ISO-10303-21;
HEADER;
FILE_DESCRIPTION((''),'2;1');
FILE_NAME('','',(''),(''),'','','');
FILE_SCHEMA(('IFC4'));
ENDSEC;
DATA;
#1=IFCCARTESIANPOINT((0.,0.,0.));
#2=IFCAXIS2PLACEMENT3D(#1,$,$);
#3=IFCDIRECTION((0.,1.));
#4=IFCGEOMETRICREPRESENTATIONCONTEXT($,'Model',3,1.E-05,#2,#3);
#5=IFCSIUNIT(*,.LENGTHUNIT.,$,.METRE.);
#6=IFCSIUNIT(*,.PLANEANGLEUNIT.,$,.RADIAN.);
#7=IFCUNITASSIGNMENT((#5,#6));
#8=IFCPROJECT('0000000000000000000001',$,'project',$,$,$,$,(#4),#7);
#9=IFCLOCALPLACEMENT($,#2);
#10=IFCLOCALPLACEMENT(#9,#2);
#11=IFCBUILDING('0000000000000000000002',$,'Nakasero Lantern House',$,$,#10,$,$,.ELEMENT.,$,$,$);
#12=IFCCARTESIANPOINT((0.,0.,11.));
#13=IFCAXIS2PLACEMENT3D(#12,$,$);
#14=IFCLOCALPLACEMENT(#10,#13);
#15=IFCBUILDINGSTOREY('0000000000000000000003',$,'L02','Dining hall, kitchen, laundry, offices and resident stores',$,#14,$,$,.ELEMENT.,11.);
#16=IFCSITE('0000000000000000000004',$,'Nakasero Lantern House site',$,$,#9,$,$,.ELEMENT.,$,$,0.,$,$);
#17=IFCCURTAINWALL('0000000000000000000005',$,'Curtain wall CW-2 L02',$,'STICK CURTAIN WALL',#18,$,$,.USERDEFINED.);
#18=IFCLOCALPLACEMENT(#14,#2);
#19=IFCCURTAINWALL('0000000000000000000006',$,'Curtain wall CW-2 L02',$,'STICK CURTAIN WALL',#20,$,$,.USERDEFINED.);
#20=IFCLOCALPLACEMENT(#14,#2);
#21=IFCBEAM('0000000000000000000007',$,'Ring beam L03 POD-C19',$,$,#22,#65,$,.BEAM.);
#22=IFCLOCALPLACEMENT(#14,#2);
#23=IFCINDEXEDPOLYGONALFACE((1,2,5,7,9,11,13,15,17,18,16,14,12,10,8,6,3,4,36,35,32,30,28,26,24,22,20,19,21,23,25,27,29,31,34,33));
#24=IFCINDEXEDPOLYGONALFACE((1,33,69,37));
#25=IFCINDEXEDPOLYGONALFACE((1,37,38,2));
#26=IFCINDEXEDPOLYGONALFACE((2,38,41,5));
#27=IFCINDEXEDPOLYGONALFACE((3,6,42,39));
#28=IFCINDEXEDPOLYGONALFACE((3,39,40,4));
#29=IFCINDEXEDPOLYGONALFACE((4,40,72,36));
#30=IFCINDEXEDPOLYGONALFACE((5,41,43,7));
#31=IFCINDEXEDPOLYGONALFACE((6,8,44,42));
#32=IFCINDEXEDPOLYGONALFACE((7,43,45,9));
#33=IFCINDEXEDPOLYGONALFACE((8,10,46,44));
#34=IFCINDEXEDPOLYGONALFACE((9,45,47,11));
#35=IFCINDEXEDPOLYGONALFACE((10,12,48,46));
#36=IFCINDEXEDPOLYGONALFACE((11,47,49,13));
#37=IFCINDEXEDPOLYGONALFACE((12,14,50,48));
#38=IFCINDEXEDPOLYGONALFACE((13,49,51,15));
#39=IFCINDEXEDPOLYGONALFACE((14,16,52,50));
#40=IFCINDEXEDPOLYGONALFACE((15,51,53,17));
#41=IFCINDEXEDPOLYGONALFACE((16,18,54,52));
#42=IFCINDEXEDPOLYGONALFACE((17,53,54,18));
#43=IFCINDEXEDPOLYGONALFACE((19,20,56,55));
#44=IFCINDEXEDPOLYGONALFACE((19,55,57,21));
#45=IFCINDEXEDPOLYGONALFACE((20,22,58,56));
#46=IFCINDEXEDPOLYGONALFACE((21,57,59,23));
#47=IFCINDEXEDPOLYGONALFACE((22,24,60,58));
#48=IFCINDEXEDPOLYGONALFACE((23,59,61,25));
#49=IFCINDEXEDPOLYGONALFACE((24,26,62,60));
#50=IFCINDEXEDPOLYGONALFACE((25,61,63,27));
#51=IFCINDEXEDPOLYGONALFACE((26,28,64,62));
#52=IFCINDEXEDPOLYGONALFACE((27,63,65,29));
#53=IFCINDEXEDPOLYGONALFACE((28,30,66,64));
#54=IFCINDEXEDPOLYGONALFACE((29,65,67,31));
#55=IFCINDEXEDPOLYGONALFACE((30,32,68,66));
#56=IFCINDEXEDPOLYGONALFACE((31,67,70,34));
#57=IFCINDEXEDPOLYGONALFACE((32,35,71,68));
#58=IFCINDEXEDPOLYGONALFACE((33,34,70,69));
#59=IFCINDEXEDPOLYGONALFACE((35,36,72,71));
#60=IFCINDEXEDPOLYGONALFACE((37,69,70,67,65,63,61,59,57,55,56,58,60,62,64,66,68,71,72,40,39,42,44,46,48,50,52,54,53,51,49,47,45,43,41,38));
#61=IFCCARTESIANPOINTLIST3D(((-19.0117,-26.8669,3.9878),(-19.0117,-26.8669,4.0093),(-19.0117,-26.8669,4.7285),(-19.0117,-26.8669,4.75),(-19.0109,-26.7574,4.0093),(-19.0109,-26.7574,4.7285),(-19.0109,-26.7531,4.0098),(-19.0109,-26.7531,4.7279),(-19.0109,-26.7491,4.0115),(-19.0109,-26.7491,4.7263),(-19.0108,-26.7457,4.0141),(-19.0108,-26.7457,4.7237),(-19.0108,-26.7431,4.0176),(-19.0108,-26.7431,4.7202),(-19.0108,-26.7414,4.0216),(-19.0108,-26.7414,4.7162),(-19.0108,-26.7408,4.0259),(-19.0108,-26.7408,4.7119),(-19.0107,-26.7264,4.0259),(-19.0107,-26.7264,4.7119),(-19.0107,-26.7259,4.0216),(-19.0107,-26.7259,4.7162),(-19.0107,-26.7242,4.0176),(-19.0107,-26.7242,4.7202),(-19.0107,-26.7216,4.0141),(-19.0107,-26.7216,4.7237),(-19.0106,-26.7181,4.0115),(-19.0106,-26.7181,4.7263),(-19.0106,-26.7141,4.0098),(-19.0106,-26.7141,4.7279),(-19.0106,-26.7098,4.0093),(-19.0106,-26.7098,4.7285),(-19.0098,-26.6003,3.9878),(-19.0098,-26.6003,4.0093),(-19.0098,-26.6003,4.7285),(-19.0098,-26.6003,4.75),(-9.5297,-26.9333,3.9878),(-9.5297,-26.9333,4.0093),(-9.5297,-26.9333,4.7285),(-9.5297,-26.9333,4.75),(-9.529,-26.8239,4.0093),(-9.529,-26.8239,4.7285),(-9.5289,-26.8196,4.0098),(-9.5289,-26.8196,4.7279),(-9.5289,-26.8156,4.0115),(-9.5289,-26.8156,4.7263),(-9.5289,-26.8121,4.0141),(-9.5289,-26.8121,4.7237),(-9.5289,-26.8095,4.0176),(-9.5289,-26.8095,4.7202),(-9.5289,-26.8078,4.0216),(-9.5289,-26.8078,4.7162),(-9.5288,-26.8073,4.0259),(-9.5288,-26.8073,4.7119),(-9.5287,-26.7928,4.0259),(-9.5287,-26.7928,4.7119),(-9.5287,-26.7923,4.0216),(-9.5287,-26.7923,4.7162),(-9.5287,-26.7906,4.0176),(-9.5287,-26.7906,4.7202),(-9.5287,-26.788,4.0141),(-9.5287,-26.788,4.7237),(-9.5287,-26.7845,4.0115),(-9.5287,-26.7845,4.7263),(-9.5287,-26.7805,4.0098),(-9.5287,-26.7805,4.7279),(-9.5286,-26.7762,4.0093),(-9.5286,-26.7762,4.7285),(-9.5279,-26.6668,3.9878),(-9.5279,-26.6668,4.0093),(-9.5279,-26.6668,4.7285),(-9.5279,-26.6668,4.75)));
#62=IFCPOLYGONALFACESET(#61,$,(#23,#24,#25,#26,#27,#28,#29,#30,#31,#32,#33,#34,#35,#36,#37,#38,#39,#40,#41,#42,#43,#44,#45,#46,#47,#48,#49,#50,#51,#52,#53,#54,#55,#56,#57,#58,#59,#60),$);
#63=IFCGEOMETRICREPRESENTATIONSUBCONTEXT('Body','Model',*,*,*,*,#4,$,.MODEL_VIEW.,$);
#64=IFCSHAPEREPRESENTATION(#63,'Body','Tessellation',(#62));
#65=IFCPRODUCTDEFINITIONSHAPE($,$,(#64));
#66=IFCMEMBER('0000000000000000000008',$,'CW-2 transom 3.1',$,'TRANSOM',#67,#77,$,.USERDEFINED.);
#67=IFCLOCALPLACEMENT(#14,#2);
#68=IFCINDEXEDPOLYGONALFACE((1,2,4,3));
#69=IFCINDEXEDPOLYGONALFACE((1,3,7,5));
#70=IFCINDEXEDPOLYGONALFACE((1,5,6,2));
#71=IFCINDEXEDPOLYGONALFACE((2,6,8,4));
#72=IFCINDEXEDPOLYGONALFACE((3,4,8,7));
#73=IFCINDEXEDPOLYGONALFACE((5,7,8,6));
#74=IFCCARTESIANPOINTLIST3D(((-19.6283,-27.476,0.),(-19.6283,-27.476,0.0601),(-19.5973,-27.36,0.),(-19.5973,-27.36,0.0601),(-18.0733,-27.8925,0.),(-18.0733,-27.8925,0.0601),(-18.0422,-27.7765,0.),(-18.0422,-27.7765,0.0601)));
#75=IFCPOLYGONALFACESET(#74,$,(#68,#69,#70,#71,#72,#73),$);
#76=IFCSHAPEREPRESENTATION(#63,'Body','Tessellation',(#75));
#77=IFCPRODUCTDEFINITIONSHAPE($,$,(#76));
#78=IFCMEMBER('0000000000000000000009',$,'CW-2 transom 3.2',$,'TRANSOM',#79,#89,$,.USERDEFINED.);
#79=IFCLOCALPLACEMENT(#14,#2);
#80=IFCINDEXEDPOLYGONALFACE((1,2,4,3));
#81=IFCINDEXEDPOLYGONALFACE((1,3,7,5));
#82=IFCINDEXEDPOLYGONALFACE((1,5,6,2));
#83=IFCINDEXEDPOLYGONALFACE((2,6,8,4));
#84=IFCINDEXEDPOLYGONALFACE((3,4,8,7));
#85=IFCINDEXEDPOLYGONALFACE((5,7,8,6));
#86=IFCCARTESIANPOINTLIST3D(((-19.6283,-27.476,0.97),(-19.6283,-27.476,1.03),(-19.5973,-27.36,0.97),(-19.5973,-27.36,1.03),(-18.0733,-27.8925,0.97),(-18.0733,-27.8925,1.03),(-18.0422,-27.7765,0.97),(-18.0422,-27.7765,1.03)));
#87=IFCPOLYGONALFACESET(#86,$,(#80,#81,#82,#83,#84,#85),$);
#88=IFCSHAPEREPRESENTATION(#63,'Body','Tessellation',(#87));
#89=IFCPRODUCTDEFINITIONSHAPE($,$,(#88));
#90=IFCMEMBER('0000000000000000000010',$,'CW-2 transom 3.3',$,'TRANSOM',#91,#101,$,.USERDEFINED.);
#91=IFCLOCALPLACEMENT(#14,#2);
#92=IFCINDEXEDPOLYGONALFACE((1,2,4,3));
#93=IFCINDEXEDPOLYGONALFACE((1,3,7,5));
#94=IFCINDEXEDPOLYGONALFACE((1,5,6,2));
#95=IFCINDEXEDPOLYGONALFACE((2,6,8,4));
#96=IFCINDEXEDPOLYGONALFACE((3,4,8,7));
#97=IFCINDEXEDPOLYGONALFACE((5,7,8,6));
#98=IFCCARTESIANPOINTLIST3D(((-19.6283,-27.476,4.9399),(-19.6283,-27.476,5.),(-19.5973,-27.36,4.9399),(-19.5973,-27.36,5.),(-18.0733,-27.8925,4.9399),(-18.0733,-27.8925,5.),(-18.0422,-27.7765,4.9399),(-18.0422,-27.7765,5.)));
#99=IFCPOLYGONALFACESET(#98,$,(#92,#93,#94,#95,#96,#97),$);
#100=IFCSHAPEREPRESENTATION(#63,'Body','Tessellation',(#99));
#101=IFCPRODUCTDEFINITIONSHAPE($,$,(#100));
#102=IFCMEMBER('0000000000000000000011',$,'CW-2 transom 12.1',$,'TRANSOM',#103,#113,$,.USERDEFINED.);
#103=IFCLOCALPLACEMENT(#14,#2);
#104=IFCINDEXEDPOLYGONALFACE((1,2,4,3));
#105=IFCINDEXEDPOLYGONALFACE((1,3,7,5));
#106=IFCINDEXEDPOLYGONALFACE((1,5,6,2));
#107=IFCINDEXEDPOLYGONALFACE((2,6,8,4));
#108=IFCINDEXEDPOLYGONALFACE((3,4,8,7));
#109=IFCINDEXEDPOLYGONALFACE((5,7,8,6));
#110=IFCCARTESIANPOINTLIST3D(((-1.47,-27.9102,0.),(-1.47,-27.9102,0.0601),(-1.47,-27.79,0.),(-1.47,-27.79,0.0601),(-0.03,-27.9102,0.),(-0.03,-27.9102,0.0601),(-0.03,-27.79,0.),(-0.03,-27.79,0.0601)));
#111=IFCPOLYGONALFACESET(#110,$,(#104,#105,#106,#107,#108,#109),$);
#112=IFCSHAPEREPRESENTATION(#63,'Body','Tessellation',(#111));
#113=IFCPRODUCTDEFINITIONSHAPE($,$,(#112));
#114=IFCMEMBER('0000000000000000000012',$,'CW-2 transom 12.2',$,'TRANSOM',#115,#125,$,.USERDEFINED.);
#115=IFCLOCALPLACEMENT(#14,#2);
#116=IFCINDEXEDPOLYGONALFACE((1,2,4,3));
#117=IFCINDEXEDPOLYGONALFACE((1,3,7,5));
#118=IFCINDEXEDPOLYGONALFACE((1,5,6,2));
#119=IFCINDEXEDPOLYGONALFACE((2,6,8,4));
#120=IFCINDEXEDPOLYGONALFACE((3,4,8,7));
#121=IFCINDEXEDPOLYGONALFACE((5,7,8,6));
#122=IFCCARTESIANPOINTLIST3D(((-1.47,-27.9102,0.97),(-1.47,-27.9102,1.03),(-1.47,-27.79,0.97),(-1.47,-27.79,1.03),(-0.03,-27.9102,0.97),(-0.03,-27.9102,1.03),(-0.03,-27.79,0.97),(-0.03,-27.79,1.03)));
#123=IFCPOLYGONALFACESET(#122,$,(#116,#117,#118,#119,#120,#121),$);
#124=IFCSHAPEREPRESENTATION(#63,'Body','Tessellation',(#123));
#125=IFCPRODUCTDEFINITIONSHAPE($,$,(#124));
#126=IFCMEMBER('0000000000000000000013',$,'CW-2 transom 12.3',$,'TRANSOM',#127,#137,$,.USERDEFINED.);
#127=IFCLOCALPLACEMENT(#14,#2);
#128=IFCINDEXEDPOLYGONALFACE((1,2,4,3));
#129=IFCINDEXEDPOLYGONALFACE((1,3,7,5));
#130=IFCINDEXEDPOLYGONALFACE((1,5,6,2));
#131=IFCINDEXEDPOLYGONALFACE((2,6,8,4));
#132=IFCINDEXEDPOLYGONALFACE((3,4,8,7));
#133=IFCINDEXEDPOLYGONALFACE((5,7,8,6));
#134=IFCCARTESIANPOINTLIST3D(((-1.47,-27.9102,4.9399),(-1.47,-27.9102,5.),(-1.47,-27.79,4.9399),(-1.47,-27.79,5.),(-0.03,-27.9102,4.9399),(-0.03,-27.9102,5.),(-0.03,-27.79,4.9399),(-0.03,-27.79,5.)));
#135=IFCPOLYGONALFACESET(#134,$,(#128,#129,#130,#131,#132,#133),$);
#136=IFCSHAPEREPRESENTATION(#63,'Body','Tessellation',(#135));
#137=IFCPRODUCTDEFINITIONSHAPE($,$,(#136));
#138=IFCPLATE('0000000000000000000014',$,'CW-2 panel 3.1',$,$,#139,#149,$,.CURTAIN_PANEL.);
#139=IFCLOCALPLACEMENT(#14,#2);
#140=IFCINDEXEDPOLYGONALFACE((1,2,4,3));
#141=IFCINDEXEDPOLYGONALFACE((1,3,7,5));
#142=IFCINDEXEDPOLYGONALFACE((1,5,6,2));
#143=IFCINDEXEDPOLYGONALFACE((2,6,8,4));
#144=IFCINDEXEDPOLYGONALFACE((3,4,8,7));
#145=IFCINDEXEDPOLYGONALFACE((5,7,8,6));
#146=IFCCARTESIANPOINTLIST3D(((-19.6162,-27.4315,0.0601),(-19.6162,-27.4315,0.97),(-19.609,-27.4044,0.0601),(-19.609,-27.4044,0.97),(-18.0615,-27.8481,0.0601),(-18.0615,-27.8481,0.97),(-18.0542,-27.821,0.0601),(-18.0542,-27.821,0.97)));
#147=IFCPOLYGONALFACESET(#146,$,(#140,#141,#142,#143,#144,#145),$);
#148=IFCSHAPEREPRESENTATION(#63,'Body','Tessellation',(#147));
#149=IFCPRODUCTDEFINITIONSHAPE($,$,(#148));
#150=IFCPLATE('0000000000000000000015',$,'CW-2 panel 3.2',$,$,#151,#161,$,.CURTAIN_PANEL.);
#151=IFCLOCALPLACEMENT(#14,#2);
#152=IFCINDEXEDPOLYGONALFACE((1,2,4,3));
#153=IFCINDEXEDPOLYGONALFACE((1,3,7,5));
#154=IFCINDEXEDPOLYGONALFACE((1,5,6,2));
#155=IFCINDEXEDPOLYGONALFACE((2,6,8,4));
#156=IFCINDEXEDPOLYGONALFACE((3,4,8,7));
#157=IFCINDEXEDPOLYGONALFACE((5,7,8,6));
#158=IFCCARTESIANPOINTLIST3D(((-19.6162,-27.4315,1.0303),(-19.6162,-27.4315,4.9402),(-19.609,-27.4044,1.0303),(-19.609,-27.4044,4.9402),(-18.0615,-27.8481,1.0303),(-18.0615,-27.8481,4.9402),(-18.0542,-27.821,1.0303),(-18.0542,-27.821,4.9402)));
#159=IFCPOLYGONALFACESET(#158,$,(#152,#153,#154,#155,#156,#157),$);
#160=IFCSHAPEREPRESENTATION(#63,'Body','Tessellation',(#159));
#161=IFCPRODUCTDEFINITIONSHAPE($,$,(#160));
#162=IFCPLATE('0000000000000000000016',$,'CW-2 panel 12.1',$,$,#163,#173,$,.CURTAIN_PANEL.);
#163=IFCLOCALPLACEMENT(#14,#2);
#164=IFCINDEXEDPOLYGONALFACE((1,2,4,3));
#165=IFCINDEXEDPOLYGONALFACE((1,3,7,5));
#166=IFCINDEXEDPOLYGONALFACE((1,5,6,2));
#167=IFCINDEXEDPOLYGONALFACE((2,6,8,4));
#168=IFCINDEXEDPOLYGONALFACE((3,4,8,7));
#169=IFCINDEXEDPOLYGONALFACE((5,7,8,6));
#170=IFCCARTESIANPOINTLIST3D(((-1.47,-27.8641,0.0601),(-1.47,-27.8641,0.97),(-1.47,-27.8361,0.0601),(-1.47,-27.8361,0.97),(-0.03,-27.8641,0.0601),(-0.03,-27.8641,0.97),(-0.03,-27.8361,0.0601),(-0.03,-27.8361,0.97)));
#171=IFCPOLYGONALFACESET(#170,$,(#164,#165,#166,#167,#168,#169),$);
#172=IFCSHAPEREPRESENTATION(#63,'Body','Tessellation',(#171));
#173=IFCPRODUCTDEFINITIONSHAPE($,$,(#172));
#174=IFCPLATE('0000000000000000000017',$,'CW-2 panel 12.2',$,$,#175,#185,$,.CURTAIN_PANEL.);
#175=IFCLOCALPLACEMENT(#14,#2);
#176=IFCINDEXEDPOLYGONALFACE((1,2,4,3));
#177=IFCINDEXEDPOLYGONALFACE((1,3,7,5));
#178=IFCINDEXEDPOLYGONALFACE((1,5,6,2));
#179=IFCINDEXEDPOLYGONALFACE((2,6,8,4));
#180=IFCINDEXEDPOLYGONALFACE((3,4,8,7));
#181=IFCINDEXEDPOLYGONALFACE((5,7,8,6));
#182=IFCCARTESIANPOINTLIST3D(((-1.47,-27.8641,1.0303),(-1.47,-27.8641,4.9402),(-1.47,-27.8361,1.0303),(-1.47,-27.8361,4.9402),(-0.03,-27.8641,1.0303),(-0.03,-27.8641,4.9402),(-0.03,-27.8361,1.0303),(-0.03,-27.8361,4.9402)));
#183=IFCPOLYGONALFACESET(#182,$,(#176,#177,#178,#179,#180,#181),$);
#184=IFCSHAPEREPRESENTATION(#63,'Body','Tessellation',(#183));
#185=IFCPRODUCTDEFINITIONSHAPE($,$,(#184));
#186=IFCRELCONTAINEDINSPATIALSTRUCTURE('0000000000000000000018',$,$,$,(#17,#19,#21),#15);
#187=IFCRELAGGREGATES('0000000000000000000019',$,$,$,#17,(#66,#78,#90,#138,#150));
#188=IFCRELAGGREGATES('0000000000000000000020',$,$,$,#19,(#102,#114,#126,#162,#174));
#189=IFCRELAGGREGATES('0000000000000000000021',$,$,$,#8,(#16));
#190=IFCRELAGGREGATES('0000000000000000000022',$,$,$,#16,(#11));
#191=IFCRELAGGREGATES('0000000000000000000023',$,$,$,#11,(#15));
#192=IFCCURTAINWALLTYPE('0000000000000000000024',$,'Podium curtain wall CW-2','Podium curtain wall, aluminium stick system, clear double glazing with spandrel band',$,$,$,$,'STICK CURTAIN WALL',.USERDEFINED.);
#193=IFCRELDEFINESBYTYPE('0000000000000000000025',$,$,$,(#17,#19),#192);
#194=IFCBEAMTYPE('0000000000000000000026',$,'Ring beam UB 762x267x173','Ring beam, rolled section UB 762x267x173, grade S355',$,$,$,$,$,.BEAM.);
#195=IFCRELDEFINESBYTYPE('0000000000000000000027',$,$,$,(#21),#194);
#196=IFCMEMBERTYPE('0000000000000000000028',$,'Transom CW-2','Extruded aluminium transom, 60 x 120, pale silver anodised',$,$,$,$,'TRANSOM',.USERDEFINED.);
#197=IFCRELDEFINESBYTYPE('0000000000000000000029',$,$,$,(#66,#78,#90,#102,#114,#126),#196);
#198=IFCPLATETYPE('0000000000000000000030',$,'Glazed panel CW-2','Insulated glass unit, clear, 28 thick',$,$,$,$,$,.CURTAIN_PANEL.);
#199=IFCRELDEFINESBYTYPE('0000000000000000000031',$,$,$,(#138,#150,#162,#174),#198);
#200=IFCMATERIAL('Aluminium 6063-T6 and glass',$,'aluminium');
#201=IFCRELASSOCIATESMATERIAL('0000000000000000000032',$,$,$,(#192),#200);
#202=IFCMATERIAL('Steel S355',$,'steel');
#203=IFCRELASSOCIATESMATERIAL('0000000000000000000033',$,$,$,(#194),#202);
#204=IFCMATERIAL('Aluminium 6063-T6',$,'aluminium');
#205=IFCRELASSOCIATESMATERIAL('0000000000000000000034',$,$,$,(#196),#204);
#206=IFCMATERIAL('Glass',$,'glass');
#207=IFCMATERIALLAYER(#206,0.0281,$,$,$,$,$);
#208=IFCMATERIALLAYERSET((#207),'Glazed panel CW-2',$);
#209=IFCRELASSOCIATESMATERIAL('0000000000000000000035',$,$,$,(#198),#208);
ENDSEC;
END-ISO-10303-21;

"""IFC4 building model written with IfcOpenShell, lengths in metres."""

from ifc_helpers import new_model, si_unit, direction, frame, origin, origin_2d, place, context, subcontext, project, spatial, rectangle, i_section, extrude, material, layer, layer_set, material_profile, profile_set, type_object, element, aggregate, save


model = new_model("IFC4")

# Units and contexts
model_context = context("Model", 3, precision=1e-05, world=origin(), true_north=direction((0.0, 1.0)))
body_context = subcontext(model_context, "Body", "Model", "MODEL_VIEW")
ifc_project = project(units=[si_unit("LENGTHUNIT", "METRE"), si_unit("PLANEANGLEUNIT", "RADIAN")], contexts=[model_context])

# Site, building, storey
site_placement = place(None, origin())
site = spatial("IfcSite", under=ifc_project, at=site_placement, Name="Nakasero Lantern House site", CompositionType="ELEMENT", RefElevation=0.0)
building_placement = place(site_placement, origin())
building = spatial("IfcBuilding", under=site, at=building_placement, Name="Nakasero Lantern House", CompositionType="ELEMENT")
storey_placement = place(building_placement, frame((0.0, 0.0, 11.0)))
storey = spatial("IfcBuildingStorey", under=building, at=storey_placement, Name="L02", Description="Dining hall, kitchen, laundry, offices and resident stores", CompositionType="ELEMENT", Elevation=11.0)

# Curtain walls
ifc_material_1 = material(Name="Aluminium 6063-T6 and glass", Category="aluminium")
curtain_wall_type = type_object("IfcCurtainWallType", Name="Podium curtain wall CW-2", Description="Podium curtain wall, aluminium stick system, clear double glazing with spandrel band", ElementType="STICK CURTAIN WALL", PredefinedType="USERDEFINED", material=ifc_material_1)
curtain_wall_1_placement = place(storey_placement, origin())
curtain_wall_1 = element("IfcCurtainWall", 1, at=curtain_wall_1_placement, inside=storey, type_object=curtain_wall_type, Name="Curtain wall CW-2 L02", ObjectType="STICK CURTAIN WALL", PredefinedType="USERDEFINED")
curtain_wall_2_placement = place(storey_placement, origin())
curtain_wall_2 = element("IfcCurtainWall", 2, at=curtain_wall_2_placement, inside=storey, type_object=curtain_wall_type, Name="Curtain wall CW-2 L02", ObjectType="STICK CURTAIN WALL", PredefinedType="USERDEFINED")

# Beam
ifc_material_2 = material(Name="Steel S355", Category="steel")
ifc_material_profile_1 = material_profile(ifc_material_2, i_section(OverallWidth=0.2666, OverallDepth=0.7622, WebThickness=0.0144, FlangeThickness=0.0215, FilletRadius=0.0166, at=origin_2d()), Name="UB 762x267x173")
ifc_profile_set_1 = profile_set([ifc_material_profile_1], Name="Steel S355")
beam_type_1 = type_object("IfcBeamType", Name="Ring beam UB 762x267x173", Description="Ring beam, rolled section UB 762x267x173, grade S355", PredefinedType="BEAM", material=ifc_profile_set_1)
beam_1_placement = place(storey_placement, frame((-19.0107, -26.7336, 4.3689), z_axis=(0.999975, -0.007003, 0.0), x_axis=(0.007003, 0.999975, 0.0)))
element("IfcBeam", 3, at=beam_1_placement, inside=storey, type_object=beam_type_1, Name="Ring beam L03 POD-C19", PredefinedType="BEAM", context=body_context, shape_type="SweptSolid", body=[
    extrude(i_section(OverallWidth=0.2666, OverallDepth=0.7622, WebThickness=0.0144, FlangeThickness=0.0215, FilletRadius=0.0166, at=origin_2d()), origin(), (0.0, 0.0, 1.0), 9.4822),
])

# Members
ifc_material_3 = material(Name="Aluminium 6063-T6", Category="aluminium")
ifc_material_profile_2 = material_profile(ifc_material_3, rectangle(XDim=0.0601, YDim=0.1201, at=origin_2d()), Name="CW-2 transom 60x120")
ifc_profile_set_2 = profile_set([ifc_material_profile_2], Name="Aluminium 6063-T6")
member_type_1 = type_object("IfcMemberType", Name="Transom CW-2", Description="Extruded aluminium transom, 60 x 120, pale silver anodised", ElementType="TRANSOM", PredefinedType="USERDEFINED", material=ifc_profile_set_2)
member_1_placement = place(storey_placement, frame((-19.6128, -27.418, 0.03), z_axis=(0.965947, -0.258739, 0.0), x_axis=(0.0, 0.0, 1.0)))
member_1 = element("IfcMember", 4, at=member_1_placement, type_object=member_type_1, Name="CW-2 transom 3.1", ObjectType="TRANSOM", PredefinedType="USERDEFINED", context=body_context, shape_type="SweptSolid", body=[
    extrude(rectangle(XDim=0.0601, YDim=0.1201, at=origin_2d()), origin(), (0.0, 0.0, 1.0), 1.6099),
])
member_2_placement = place(storey_placement, frame((-19.6128, -27.418, 1.0), z_axis=(0.965947, -0.258739, 0.0), x_axis=(0.0, 0.0, 1.0)))
member_2 = element("IfcMember", 5, at=member_2_placement, type_object=member_type_1, Name="CW-2 transom 3.2", ObjectType="TRANSOM", PredefinedType="USERDEFINED", context=body_context, shape_type="SweptSolid", body=[
    extrude(rectangle(XDim=0.0601, YDim=0.1201, at=origin_2d()), origin(), (0.0, 0.0, 1.0), 1.6099),
])
member_3_placement = place(storey_placement, frame((-19.6128, -27.418, 4.97), z_axis=(0.965947, -0.258739, 0.0), x_axis=(0.0, 0.0, 1.0)))
member_3 = element("IfcMember", 6, at=member_3_placement, type_object=member_type_1, Name="CW-2 transom 3.3", ObjectType="TRANSOM", PredefinedType="USERDEFINED", context=body_context, shape_type="SweptSolid", body=[
    extrude(rectangle(XDim=0.0601, YDim=0.1201, at=origin_2d()), origin(), (0.0, 0.0, 1.0), 1.6099),
])
member_4_placement = place(storey_placement, frame((-1.47, -27.8501, 0.03), z_axis=(1.0, 0.0, 0.0), x_axis=(0.0, 0.0, 1.0)))
member_4 = element("IfcMember", 7, at=member_4_placement, type_object=member_type_1, Name="CW-2 transom 12.1", ObjectType="TRANSOM", PredefinedType="USERDEFINED", context=body_context, shape_type="SweptSolid", body=[
    extrude(rectangle(XDim=0.0601, YDim=0.1201, at=origin_2d()), origin(), (0.0, 0.0, 1.0), 1.4399),
])
member_5_placement = place(storey_placement, frame((-1.47, -27.8501, 1.0), z_axis=(1.0, 0.0, 0.0), x_axis=(0.0, 0.0, 1.0)))
member_5 = element("IfcMember", 8, at=member_5_placement, type_object=member_type_1, Name="CW-2 transom 12.2", ObjectType="TRANSOM", PredefinedType="USERDEFINED", context=body_context, shape_type="SweptSolid", body=[
    extrude(rectangle(XDim=0.0601, YDim=0.1201, at=origin_2d()), origin(), (0.0, 0.0, 1.0), 1.4399),
])
member_6_placement = place(storey_placement, frame((-1.47, -27.8501, 4.97), z_axis=(1.0, 0.0, 0.0), x_axis=(0.0, 0.0, 1.0)))
member_6 = element("IfcMember", 9, at=member_6_placement, type_object=member_type_1, Name="CW-2 transom 12.3", ObjectType="TRANSOM", PredefinedType="USERDEFINED", context=body_context, shape_type="SweptSolid", body=[
    extrude(rectangle(XDim=0.0601, YDim=0.1201, at=origin_2d()), origin(), (0.0, 0.0, 1.0), 1.4399),
])

# Plates
ifc_material_4 = material(Name="Glass", Category="glass")
ifc_layer_1 = layer(ifc_material_4, 0.0281)
ifc_layer_set_1 = layer_set([ifc_layer_1], Name="Glazed panel CW-2")
plate_type = type_object("IfcPlateType", Name="Glazed panel CW-2", Description="Insulated glass unit, clear, 28 thick", PredefinedType="CURTAIN_PANEL", material=ifc_layer_set_1)
plate_1_placement = place(storey_placement, frame((-18.8352, -27.6262, 0.0601), z_axis=(0.0, 0.0, 1.0), x_axis=(0.965926, -0.258819, 0.0)))
plate_1 = element("IfcPlate", 10, at=plate_1_placement, type_object=plate_type, Name="CW-2 panel 3.1", PredefinedType="CURTAIN_PANEL", context=body_context, shape_type="SweptSolid", body=[
    extrude(rectangle(XDim=1.6096, YDim=0.0281, at=origin_2d()), origin(), (0.0, 0.0, 1.0), 0.9099),
])
plate_2_placement = place(storey_placement, frame((-18.8352, -27.6262, 1.0303), z_axis=(0.0, 0.0, 1.0), x_axis=(0.965926, -0.258819, 0.0)))
plate_2 = element("IfcPlate", 11, at=plate_2_placement, type_object=plate_type, Name="CW-2 panel 3.2", PredefinedType="CURTAIN_PANEL", context=body_context, shape_type="SweptSolid", body=[
    extrude(rectangle(XDim=1.6096, YDim=0.0281, at=origin_2d()), origin(), (0.0, 0.0, 1.0), 3.9099),
])
aggregate(curtain_wall_1, [member_1, member_2, member_3, plate_1, plate_2])
plate_3_placement = place(storey_placement, frame((-0.75, -27.8501, 0.0601), z_axis=(0.0, 0.0, 1.0), x_axis=(1.0, 0.0, 0.0)))
plate_3 = element("IfcPlate", 12, at=plate_3_placement, type_object=plate_type, Name="CW-2 panel 12.1", PredefinedType="CURTAIN_PANEL", context=body_context, shape_type="SweptSolid", body=[
    extrude(rectangle(XDim=1.4399, YDim=0.0281, at=origin_2d()), origin(), (0.0, 0.0, 1.0), 0.9099),
])
plate_4_placement = place(storey_placement, frame((-0.75, -27.8501, 1.0303), z_axis=(0.0, 0.0, 1.0), x_axis=(1.0, 0.0, 0.0)))
plate_4 = element("IfcPlate", 13, at=plate_4_placement, type_object=plate_type, Name="CW-2 panel 12.2", PredefinedType="CURTAIN_PANEL", context=body_context, shape_type="SweptSolid", body=[
    extrude(rectangle(XDim=1.4399, YDim=0.0281, at=origin_2d()), origin(), (0.0, 0.0, 1.0), 3.9099),
])
aggregate(curtain_wall_2, [member_4, member_5, member_6, plate_3, plate_4])

save(model, "model.ifc")
